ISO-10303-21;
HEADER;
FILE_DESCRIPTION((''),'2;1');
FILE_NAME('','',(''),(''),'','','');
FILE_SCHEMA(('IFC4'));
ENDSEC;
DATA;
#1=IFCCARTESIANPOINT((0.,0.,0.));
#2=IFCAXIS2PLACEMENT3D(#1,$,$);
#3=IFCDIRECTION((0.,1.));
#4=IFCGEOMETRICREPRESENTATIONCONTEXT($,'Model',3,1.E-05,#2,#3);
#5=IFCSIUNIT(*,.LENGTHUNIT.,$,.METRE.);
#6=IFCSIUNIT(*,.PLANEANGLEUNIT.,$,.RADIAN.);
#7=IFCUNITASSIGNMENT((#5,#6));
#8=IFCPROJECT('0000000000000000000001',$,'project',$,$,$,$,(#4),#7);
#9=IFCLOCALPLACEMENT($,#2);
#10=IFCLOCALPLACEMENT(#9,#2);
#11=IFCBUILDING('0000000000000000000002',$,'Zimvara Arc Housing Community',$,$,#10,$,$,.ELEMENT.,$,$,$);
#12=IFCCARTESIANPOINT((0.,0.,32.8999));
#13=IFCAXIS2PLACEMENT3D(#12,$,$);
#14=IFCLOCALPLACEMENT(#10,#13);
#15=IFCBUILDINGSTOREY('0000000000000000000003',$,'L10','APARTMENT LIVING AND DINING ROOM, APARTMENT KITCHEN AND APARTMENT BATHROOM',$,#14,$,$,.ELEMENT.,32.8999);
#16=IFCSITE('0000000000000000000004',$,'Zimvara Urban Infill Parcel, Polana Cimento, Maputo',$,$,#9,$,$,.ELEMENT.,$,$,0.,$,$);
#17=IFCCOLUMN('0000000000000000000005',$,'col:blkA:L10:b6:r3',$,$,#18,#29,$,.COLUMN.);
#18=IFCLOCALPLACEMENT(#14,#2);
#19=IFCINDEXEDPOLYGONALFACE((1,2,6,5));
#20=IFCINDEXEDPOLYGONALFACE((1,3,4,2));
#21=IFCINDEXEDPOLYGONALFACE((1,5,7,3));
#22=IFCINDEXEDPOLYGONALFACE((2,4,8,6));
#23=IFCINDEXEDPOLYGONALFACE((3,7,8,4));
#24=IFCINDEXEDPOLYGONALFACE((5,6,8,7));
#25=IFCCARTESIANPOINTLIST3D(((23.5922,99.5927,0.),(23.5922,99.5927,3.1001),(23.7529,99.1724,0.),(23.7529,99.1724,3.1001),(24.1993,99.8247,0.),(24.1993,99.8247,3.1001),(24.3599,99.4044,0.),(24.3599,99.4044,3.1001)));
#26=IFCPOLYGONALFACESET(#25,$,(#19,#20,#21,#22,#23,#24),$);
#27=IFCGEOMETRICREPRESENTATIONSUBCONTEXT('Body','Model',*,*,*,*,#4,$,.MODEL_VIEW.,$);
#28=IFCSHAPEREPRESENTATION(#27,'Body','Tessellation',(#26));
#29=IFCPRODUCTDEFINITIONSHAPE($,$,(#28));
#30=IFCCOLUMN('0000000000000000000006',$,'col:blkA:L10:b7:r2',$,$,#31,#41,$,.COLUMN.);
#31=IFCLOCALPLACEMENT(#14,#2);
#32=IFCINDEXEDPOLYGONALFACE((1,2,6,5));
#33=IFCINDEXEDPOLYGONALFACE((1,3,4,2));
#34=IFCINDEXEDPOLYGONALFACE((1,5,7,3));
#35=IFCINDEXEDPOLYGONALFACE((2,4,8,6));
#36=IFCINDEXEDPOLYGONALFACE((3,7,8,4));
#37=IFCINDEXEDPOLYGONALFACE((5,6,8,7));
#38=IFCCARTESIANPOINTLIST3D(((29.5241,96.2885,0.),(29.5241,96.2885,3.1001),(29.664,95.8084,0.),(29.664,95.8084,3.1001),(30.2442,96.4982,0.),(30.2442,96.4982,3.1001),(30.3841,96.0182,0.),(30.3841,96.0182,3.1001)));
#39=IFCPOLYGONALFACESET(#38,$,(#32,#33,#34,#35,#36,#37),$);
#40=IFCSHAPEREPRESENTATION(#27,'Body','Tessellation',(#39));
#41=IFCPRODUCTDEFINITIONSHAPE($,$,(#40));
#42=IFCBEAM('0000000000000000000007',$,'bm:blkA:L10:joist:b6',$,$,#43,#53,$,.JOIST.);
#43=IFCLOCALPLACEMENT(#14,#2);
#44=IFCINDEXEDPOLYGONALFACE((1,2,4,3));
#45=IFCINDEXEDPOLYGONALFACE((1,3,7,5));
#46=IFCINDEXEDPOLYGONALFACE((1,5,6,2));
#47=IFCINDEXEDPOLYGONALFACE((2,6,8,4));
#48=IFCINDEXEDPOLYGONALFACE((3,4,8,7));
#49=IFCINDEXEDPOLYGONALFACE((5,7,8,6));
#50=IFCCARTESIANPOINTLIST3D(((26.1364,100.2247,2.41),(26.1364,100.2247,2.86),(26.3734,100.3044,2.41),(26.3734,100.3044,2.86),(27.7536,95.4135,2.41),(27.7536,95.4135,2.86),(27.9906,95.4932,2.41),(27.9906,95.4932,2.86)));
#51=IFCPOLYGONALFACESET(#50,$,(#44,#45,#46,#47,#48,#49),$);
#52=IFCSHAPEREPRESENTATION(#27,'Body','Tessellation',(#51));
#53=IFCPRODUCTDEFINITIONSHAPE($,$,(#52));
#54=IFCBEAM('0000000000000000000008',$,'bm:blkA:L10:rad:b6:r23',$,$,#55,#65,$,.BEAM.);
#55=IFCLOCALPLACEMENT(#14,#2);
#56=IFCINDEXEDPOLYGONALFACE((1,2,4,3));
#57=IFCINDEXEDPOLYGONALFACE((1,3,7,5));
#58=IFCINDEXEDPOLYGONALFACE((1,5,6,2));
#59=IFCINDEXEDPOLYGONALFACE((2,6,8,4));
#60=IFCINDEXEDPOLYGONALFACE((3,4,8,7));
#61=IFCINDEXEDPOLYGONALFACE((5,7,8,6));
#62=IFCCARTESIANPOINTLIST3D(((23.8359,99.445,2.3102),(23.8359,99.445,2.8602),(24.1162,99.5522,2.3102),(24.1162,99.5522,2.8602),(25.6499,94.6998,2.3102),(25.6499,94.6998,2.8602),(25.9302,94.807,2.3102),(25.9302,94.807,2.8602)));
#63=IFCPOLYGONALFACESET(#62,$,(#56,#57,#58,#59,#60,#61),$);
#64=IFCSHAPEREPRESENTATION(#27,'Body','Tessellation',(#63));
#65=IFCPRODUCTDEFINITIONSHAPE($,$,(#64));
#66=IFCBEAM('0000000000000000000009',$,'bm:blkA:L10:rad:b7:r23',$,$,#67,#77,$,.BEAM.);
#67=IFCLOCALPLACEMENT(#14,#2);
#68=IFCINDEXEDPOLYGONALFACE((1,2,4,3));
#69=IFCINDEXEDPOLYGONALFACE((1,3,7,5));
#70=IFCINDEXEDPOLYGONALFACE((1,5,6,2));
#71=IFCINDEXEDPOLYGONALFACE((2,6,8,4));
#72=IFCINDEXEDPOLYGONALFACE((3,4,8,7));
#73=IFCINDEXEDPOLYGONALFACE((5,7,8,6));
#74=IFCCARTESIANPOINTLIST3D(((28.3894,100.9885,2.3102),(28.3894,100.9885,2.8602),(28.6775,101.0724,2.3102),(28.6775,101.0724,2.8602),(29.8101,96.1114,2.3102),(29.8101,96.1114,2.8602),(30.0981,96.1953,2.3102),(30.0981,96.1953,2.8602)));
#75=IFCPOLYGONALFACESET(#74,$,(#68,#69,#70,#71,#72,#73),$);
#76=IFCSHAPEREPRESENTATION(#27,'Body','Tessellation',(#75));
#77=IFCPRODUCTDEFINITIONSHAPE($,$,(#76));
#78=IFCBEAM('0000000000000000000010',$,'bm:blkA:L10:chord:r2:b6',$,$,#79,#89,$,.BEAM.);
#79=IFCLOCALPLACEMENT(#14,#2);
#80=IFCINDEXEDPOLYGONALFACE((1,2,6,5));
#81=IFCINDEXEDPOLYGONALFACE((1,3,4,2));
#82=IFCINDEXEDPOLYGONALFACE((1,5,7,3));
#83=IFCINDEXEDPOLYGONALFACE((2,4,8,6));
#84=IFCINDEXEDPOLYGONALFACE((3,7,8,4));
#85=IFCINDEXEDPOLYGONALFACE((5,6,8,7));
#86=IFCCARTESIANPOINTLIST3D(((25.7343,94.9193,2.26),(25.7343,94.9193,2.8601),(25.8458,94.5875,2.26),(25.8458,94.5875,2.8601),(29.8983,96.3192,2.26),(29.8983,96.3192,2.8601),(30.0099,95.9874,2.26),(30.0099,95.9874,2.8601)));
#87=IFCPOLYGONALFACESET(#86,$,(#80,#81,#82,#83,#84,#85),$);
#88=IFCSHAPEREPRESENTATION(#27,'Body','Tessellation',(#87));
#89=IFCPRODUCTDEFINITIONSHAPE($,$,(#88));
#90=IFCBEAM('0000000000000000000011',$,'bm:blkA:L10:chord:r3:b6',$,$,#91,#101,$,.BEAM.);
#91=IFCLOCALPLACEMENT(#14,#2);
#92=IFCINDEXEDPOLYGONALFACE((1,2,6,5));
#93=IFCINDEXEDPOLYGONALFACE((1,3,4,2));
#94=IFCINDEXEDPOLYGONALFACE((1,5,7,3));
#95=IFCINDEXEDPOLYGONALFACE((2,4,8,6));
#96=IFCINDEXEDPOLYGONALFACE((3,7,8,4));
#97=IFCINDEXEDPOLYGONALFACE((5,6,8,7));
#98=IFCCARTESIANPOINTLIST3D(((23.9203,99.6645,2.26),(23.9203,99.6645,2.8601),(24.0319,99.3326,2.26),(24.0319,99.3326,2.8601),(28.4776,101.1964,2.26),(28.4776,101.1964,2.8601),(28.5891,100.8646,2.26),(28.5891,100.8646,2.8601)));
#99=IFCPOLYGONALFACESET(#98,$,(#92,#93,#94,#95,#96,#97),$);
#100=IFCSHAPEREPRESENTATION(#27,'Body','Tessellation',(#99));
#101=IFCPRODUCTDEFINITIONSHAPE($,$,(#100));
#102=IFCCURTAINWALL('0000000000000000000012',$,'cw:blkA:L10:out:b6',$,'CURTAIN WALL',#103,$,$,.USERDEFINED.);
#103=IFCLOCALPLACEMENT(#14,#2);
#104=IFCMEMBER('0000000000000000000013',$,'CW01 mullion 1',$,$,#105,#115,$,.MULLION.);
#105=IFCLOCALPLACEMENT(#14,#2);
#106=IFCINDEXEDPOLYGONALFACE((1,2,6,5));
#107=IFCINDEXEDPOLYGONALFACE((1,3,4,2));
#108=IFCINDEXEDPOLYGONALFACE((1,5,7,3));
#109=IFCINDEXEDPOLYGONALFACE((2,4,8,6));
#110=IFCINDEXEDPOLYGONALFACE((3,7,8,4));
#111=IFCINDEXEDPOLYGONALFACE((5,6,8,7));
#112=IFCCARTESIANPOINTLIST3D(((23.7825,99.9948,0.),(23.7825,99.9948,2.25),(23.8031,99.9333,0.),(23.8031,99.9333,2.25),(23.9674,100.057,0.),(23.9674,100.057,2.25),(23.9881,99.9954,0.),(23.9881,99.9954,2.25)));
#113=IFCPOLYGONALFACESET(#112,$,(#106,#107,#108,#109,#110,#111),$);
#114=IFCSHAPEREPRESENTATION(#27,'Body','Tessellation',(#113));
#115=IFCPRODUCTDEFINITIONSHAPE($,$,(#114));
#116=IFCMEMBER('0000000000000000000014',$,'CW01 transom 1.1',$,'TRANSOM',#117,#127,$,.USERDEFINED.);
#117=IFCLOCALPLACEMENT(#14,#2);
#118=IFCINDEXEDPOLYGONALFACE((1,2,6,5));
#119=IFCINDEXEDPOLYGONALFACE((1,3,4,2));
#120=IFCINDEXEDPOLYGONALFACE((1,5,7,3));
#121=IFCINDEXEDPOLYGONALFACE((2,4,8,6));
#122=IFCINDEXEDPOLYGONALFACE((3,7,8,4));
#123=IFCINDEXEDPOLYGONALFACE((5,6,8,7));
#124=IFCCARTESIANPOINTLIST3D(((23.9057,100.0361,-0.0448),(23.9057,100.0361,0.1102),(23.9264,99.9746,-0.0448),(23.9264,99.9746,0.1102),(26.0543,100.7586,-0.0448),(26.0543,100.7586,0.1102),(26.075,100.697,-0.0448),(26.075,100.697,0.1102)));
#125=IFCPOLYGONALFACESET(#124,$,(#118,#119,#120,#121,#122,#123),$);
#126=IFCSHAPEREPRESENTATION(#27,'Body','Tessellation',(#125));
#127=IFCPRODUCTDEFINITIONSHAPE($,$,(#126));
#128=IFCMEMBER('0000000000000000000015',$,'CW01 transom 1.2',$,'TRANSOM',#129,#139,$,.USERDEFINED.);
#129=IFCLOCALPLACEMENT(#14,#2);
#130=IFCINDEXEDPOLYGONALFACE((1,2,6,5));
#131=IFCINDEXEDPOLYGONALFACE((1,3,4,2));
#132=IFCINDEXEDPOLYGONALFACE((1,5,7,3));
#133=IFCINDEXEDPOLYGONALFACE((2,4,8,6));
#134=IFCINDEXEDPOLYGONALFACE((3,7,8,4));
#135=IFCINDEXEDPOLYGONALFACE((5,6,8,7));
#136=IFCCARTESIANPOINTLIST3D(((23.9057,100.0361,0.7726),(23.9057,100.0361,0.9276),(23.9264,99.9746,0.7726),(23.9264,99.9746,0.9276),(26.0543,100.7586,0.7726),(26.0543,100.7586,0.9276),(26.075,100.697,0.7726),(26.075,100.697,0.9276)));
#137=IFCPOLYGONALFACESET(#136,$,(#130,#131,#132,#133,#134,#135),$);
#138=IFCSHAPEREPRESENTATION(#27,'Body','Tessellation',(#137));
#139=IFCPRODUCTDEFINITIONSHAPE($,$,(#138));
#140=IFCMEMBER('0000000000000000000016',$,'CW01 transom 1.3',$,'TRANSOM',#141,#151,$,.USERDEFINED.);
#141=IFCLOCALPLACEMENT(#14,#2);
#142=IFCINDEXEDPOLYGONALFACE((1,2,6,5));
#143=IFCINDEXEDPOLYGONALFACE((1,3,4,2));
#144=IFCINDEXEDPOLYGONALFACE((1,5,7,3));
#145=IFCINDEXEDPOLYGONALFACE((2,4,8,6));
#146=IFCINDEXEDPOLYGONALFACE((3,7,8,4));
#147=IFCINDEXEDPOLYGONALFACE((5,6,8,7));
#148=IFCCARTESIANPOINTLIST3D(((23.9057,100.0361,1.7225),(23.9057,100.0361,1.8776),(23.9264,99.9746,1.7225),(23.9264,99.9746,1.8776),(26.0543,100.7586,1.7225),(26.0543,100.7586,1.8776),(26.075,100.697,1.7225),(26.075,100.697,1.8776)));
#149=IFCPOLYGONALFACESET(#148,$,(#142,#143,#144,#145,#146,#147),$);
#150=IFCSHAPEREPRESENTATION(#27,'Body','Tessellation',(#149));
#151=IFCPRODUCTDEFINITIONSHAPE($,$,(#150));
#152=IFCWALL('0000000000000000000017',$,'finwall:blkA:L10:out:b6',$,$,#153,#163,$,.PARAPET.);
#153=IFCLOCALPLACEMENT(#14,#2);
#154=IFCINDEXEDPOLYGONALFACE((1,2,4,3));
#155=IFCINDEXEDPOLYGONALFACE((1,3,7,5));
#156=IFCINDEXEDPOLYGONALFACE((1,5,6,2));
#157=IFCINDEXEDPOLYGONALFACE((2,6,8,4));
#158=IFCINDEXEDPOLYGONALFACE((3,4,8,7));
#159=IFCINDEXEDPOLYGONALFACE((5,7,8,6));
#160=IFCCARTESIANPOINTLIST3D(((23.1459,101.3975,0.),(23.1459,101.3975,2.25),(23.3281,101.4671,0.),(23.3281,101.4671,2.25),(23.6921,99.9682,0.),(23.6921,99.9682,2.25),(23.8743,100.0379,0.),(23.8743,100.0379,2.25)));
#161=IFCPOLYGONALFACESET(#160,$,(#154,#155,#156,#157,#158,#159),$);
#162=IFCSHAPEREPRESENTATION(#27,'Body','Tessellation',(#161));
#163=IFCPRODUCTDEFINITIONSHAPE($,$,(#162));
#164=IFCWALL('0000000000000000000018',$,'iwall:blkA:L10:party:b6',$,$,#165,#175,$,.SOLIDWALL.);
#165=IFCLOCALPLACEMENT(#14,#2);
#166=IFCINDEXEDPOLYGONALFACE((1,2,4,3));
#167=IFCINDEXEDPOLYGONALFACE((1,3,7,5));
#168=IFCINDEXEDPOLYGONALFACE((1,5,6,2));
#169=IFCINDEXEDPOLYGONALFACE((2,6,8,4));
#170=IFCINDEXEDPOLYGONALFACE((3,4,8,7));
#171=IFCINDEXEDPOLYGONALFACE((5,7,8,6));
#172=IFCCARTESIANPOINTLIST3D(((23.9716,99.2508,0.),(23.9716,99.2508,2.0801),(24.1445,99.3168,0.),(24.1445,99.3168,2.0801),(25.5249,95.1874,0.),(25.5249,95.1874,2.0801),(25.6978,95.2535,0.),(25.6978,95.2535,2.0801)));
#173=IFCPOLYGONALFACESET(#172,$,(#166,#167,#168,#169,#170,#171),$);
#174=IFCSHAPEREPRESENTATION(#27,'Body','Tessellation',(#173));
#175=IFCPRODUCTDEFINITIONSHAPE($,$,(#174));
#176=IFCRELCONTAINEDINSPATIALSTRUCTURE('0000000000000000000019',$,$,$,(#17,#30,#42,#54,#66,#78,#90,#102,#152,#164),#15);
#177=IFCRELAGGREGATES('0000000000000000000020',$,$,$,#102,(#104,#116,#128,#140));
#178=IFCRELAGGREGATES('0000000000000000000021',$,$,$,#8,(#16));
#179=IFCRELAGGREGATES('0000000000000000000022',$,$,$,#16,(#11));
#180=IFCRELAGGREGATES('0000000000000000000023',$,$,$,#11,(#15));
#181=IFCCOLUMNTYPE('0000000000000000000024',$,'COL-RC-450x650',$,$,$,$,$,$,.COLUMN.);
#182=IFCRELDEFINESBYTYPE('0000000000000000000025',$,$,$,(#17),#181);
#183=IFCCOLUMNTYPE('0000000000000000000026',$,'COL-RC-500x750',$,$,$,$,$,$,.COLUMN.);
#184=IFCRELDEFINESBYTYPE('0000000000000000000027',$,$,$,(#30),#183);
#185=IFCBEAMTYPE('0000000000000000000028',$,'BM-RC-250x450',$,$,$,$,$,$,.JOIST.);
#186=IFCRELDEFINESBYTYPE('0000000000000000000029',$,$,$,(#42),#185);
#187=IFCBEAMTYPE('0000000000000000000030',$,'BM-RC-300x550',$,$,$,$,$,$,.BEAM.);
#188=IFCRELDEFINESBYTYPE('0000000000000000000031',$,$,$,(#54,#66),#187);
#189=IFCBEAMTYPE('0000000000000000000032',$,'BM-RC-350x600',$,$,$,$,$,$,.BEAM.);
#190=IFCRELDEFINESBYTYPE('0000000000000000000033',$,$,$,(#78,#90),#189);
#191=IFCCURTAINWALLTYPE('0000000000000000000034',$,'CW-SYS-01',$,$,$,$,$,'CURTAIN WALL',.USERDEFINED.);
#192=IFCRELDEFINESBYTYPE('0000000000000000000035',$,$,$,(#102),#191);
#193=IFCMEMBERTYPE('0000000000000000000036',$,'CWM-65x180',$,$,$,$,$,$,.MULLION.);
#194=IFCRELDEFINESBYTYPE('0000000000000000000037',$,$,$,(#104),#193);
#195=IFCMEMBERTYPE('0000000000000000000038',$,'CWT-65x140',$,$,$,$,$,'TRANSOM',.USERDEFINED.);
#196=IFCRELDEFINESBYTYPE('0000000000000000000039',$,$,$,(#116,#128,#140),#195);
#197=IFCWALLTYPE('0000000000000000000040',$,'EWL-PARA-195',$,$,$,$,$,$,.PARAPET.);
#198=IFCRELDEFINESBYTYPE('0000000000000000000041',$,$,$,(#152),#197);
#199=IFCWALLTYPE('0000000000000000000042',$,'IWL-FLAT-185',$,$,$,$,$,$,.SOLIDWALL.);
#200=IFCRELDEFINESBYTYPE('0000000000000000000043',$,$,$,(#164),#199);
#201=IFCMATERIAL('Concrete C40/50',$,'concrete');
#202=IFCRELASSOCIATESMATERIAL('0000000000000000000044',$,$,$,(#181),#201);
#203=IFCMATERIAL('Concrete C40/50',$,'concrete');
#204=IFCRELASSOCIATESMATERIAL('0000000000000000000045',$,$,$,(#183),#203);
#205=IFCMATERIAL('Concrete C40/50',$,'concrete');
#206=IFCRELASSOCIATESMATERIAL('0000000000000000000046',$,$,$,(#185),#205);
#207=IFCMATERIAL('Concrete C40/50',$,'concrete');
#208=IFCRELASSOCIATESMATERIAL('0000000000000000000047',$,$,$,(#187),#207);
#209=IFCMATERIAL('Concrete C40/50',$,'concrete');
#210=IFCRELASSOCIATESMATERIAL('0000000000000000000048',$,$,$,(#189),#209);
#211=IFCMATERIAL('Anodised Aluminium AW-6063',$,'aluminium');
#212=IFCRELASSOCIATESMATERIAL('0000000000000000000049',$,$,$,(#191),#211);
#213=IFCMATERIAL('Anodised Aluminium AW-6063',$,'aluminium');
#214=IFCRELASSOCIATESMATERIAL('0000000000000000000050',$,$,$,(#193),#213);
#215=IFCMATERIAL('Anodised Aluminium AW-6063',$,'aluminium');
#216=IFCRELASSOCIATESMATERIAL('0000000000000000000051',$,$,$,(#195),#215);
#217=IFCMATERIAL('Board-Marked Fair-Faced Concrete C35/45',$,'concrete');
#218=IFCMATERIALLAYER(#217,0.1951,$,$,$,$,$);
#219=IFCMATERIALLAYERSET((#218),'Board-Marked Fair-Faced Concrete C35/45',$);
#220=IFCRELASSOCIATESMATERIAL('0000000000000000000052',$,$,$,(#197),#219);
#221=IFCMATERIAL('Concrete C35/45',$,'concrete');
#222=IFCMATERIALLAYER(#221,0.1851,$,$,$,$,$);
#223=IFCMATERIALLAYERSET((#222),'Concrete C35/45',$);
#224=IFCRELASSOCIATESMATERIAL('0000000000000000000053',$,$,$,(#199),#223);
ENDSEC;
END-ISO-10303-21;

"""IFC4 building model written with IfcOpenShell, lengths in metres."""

from ifc_helpers import new_model, si_unit, direction, frame, frame_2d, origin, origin_2d, place, context, subcontext, project, spatial, rectangle, extrude, material, layer, layer_set, material_profile, profile_set, type_object, element, aggregate, save


model = new_model("IFC4")

# Units and contexts
model_context = context("Model", 3, precision=1e-05, world=origin(), true_north=direction((0.0, 1.0)))
body_context = subcontext(model_context, "Body", "Model", "MODEL_VIEW")
ifc_project = project(units=[si_unit("LENGTHUNIT", "METRE"), si_unit("PLANEANGLEUNIT", "RADIAN")], contexts=[model_context])

# Site, building, storey
site_placement = place(None, origin())
site = spatial("IfcSite", under=ifc_project, at=site_placement, Name="Zimvara Urban Infill Parcel, Polana Cimento, Maputo", CompositionType="ELEMENT", RefElevation=0.0)
building_placement = place(site_placement, origin())
building = spatial("IfcBuilding", under=site, at=building_placement, Name="Zimvara Arc Housing Community", CompositionType="ELEMENT")
storey_placement = place(building_placement, frame((0.0, 0.0, 32.8999)))
storey = spatial("IfcBuildingStorey", under=building, at=storey_placement, Name="L10", Description="APARTMENT LIVING AND DINING ROOM, APARTMENT KITCHEN AND APARTMENT BATHROOM", CompositionType="ELEMENT", Elevation=32.8999)

# Columns
ifc_material_1 = material(Name="Concrete C40/50", Category="concrete")
ifc_material_profile_1 = material_profile(ifc_material_1, rectangle(XDim=0.45, YDim=0.6499, at=origin_2d()), Name="RC 450x650")
ifc_profile_set_1 = profile_set([ifc_material_profile_1], Name="Concrete C40/50")
column_type_1 = type_object("IfcColumnType", Name="COL-RC-450x650", PredefinedType="COLUMN", material=ifc_profile_set_1)
column_1_placement = place(storey_placement, frame((23.9761, 99.4985, 0.0), z_axis=(0.0, 0.0, 1.0), x_axis=(-0.357064, 0.93408, 0.0)))
element("IfcColumn", 1, at=column_1_placement, inside=storey, type_object=column_type_1, Name="col:blkA:L10:b6:r3", PredefinedType="COLUMN", context=body_context, shape_type="SweptSolid", body=[
    extrude(rectangle(XDim=0.45, YDim=0.6499, at=origin_2d()), origin(), (0.0, 0.0, 1.0), 3.1001),
])
ifc_material_2 = material(Name="Concrete C40/50", Category="concrete")
ifc_material_profile_2 = material_profile(ifc_material_2, rectangle(XDim=0.5, YDim=0.75, at=origin_2d()), Name="RC 500x750")
ifc_profile_set_2 = profile_set([ifc_material_profile_2], Name="Concrete C40/50")
column_type_2 = type_object("IfcColumnType", Name="COL-RC-500x750", PredefinedType="COLUMN", material=ifc_profile_set_2)
column_2_placement = place(storey_placement, frame((29.9541, 96.1533, 0.0), z_axis=(0.0, 0.0, 1.0), x_axis=(-0.279661, 0.960099, 0.0)))
element("IfcColumn", 2, at=column_2_placement, inside=storey, type_object=column_type_2, Name="col:blkA:L10:b7:r2", PredefinedType="COLUMN", context=body_context, shape_type="SweptSolid", body=[
    extrude(rectangle(XDim=0.5, YDim=0.75, at=origin_2d()), origin(), (0.0, 0.0, 1.0), 3.1001),
])

# Beams
ifc_material_3 = material(Name="Concrete C40/50", Category="concrete")
ifc_material_profile_3 = material_profile(ifc_material_3, rectangle(XDim=0.25, YDim=0.45, at=origin_2d()), Name="RC 250x450")
ifc_profile_set_3 = profile_set([ifc_material_profile_3], Name="Concrete C40/50")
beam_type_1 = type_object("IfcBeamType", Name="BM-RC-250x450", PredefinedType="JOIST", material=ifc_profile_set_3)
beam_1_placement = place(storey_placement, frame((27.8721, 95.4534, 2.635), z_axis=(-0.318608, 0.947887, 0.0), x_axis=(-0.947887, -0.318608, 0.0)))
element("IfcBeam", 3, at=beam_1_placement, inside=storey, type_object=beam_type_1, Name="bm:blkA:L10:joist:b6", PredefinedType="JOIST", context=body_context, shape_type="SweptSolid", body=[
    extrude(rectangle(XDim=0.25, YDim=0.45, at=origin_2d()), origin(), (0.0, 0.0, 1.0), 5.0757),
])
ifc_material_4 = material(Name="Concrete C40/50", Category="concrete")
ifc_material_profile_4 = material_profile(ifc_material_4, rectangle(XDim=0.3, YDim=0.55, at=origin_2d()), Name="RC 300x550")
ifc_profile_set_4 = profile_set([ifc_material_profile_4], Name="Concrete C40/50")
beam_type_2 = type_object("IfcBeamType", Name="BM-RC-300x550", PredefinedType="BEAM", material=ifc_profile_set_4)
beam_2_placement = place(storey_placement, frame((25.79, 94.7534, 2.5852), z_axis=(-0.357078, 0.934074, 0.0), x_axis=(-0.934074, -0.357078, 0.0)))
element("IfcBeam", 4, at=beam_2_placement, inside=storey, type_object=beam_type_2, Name="bm:blkA:L10:rad:b6:r23", PredefinedType="BEAM", context=body_context, shape_type="SweptSolid", body=[
    extrude(rectangle(XDim=0.3, YDim=0.55, at=origin_2d()), origin(), (0.0, 0.0, 1.0), 5.0801),
])
beam_3_placement = place(storey_placement, frame((29.9541, 96.1533, 2.5852), z_axis=(-0.279662, 0.960098, 0.0), x_axis=(-0.960098, -0.279662, 0.0)))
element("IfcBeam", 5, at=beam_3_placement, inside=storey, type_object=beam_type_2, Name="bm:blkA:L10:rad:b7:r23", PredefinedType="BEAM", context=body_context, shape_type="SweptSolid", body=[
    extrude(rectangle(XDim=0.3, YDim=0.55, at=origin_2d()), origin(), (0.0, 0.0, 1.0), 5.0798),
])
ifc_material_5 = material(Name="Concrete C40/50", Category="concrete")
ifc_material_profile_5 = material_profile(ifc_material_5, rectangle(XDim=0.3501, YDim=0.6001, at=origin_2d()), Name="RC 350x600")
ifc_profile_set_5 = profile_set([ifc_material_profile_5], Name="Concrete C40/50")
beam_type_3 = type_object("IfcBeamType", Name="BM-RC-350x600", PredefinedType="BEAM", material=ifc_profile_set_5)
beam_4_placement = place(storey_placement, frame((25.79, 94.7534, 2.5601), z_axis=(0.947869, 0.318661, 0.0), x_axis=(-0.318661, 0.947869, 0.0)))
element("IfcBeam", 6, at=beam_4_placement, inside=storey, type_object=beam_type_3, Name="bm:blkA:L10:chord:r2:b6", PredefinedType="BEAM", context=body_context, shape_type="SweptSolid", body=[
    extrude(rectangle(XDim=0.3501, YDim=0.6001, at=origin_2d()), origin(), (0.0, 0.0, 1.0), 4.3931),
])
beam_5_placement = place(storey_placement, frame((23.9761, 99.4985, 2.5601), z_axis=(0.947878, 0.318634, 0.0), x_axis=(-0.318634, 0.947878, 0.0)))
element("IfcBeam", 7, at=beam_5_placement, inside=storey, type_object=beam_type_3, Name="bm:blkA:L10:chord:r3:b6", PredefinedType="BEAM", context=body_context, shape_type="SweptSolid", body=[
    extrude(rectangle(XDim=0.3501, YDim=0.6001, at=origin_2d()), origin(), (0.0, 0.0, 1.0), 4.8079),
])

# Curtain wall, members
ifc_material_6 = material(Name="Anodised Aluminium AW-6063", Category="aluminium")
curtain_wall_type = type_object("IfcCurtainWallType", Name="CW-SYS-01", ElementType="CURTAIN WALL", PredefinedType="USERDEFINED", material=ifc_material_6)
curtain_wall_placement = place(storey_placement, origin())
curtain_wall = element("IfcCurtainWall", 8, at=curtain_wall_placement, inside=storey, type_object=curtain_wall_type, Name="cw:blkA:L10:out:b6", ObjectType="CURTAIN WALL", PredefinedType="USERDEFINED")
ifc_material_7 = material(Name="Anodised Aluminium AW-6063", Category="aluminium")
ifc_material_profile_6 = material_profile(ifc_material_7, rectangle(XDim=0.0649, YDim=0.1951, at=origin_2d()), Name="ALU 65x195")
ifc_profile_set_6 = profile_set([ifc_material_profile_6], Name="Anodised Aluminium AW-6063")
member_type_1 = type_object("IfcMemberType", Name="CWM-65x180", PredefinedType="MULLION", material=ifc_profile_set_6)
member_1_placement = place(storey_placement, frame((23.8853, 99.9951, 0.0), z_axis=(0.0, 0.0, 1.0), x_axis=(-0.318629, 0.94788, 0.0)))
member_1 = element("IfcMember", 9, at=member_1_placement, type_object=member_type_1, Name="CW01 mullion 1", PredefinedType="MULLION", context=body_context, shape_type="SweptSolid", body=[
    extrude(rectangle(XDim=0.0649, YDim=0.1951, at=origin_2d()), origin(), (0.0, 0.0, 1.0), 2.25),
])
ifc_material_8 = material(Name="Anodised Aluminium AW-6063", Category="aluminium")
ifc_material_profile_7 = material_profile(ifc_material_8, rectangle(XDim=0.0649, YDim=0.155, at=origin_2d()), Name="ALU 65x155")
ifc_profile_set_7 = profile_set([ifc_material_profile_7], Name="Anodised Aluminium AW-6063")
member_type_2 = type_object("IfcMemberType", Name="CWT-65x140", ElementType="TRANSOM", PredefinedType="USERDEFINED", material=ifc_profile_set_7)
member_2_placement = place(storey_placement, frame((23.916, 100.0054, 0.0327), z_axis=(0.947862, 0.318682, 0.0), x_axis=(-0.318682, 0.947862, 0.0)))
member_2 = element("IfcMember", 10, at=member_2_placement, type_object=member_type_2, Name="CW01 transom 1.1", ObjectType="TRANSOM", PredefinedType="USERDEFINED", context=body_context, shape_type="SweptSolid", body=[
    extrude(rectangle(XDim=0.0649, YDim=0.155, at=origin_2d()), origin(), (0.0, 0.0, 1.0), 2.2668),
])
member_3_placement = place(storey_placement, frame((23.916, 100.0054, 0.8501), z_axis=(0.947862, 0.318682, 0.0), x_axis=(-0.318682, 0.947862, 0.0)))
member_3 = element("IfcMember", 11, at=member_3_placement, type_object=member_type_2, Name="CW01 transom 1.2", ObjectType="TRANSOM", PredefinedType="USERDEFINED", context=body_context, shape_type="SweptSolid", body=[
    extrude(rectangle(XDim=0.0649, YDim=0.155, at=origin_2d()), origin(), (0.0, 0.0, 1.0), 2.2668),
])
member_4_placement = place(storey_placement, frame((23.916, 100.0054, 1.8), z_axis=(0.947862, 0.318682, 0.0), x_axis=(-0.318682, 0.947862, 0.0)))
member_4 = element("IfcMember", 12, at=member_4_placement, type_object=member_type_2, Name="CW01 transom 1.3", ObjectType="TRANSOM", PredefinedType="USERDEFINED", context=body_context, shape_type="SweptSolid", body=[
    extrude(rectangle(XDim=0.0649, YDim=0.155, at=origin_2d()), origin(), (0.0, 0.0, 1.0), 2.2668),
])
aggregate(curtain_wall, [member_1, member_2, member_3, member_4])

# Walls
ifc_material_9 = material(Name="Board-Marked Fair-Faced Concrete C35/45", Category="concrete")
ifc_layer_1 = layer(ifc_material_9, 0.1951)
ifc_layer_set_1 = layer_set([ifc_layer_1], Name="Board-Marked Fair-Faced Concrete C35/45")
wall_type_1 = type_object("IfcWallType", Name="EWL-PARA-195", PredefinedType="PARAPET", material=ifc_layer_set_1)
wall_1_placement = place(storey_placement, frame((23.7832, 100.0029, 0.0), z_axis=(0.0, 0.0, 1.0), x_axis=(-0.356957, 0.934121, 0.0)))
element("IfcWall", 13, at=wall_1_placement, inside=storey, type_object=wall_type_1, Name="finwall:blkA:L10:out:b6", PredefinedType="PARAPET", context=body_context, shape_type="SweptSolid", body=[
    extrude(rectangle(XDim=1.53, YDim=0.1951, at=frame_2d((0.7651, 0.0))), origin(), (0.0, 0.0, 1.0), 2.25),
])
ifc_material_10 = material(Name="Concrete C35/45", Category="concrete")
ifc_layer_2 = layer(ifc_material_10, 0.1851)
ifc_layer_set_2 = layer_set([ifc_layer_2], Name="Concrete C35/45")
wall_type_2 = type_object("IfcWallType", Name="IWL-FLAT-185", PredefinedType="SOLIDWALL", material=ifc_layer_set_2)
wall_2_placement = place(storey_placement, frame((25.6113, 95.2205, 0.0), z_axis=(0.0, 0.0, 1.0), x_axis=(-0.357064, 0.93408, 0.0)))
element("IfcWall", 14, at=wall_2_placement, inside=storey, type_object=wall_type_2, Name="iwall:blkA:L10:party:b6", PredefinedType="SOLIDWALL", context=body_context, shape_type="SweptSolid", body=[
    extrude(rectangle(XDim=4.3501, YDim=0.1851, at=frame_2d((2.175, 0.0))), origin(), (0.0, 0.0, 1.0), 2.0801),
])

save(model, "model.ifc")
